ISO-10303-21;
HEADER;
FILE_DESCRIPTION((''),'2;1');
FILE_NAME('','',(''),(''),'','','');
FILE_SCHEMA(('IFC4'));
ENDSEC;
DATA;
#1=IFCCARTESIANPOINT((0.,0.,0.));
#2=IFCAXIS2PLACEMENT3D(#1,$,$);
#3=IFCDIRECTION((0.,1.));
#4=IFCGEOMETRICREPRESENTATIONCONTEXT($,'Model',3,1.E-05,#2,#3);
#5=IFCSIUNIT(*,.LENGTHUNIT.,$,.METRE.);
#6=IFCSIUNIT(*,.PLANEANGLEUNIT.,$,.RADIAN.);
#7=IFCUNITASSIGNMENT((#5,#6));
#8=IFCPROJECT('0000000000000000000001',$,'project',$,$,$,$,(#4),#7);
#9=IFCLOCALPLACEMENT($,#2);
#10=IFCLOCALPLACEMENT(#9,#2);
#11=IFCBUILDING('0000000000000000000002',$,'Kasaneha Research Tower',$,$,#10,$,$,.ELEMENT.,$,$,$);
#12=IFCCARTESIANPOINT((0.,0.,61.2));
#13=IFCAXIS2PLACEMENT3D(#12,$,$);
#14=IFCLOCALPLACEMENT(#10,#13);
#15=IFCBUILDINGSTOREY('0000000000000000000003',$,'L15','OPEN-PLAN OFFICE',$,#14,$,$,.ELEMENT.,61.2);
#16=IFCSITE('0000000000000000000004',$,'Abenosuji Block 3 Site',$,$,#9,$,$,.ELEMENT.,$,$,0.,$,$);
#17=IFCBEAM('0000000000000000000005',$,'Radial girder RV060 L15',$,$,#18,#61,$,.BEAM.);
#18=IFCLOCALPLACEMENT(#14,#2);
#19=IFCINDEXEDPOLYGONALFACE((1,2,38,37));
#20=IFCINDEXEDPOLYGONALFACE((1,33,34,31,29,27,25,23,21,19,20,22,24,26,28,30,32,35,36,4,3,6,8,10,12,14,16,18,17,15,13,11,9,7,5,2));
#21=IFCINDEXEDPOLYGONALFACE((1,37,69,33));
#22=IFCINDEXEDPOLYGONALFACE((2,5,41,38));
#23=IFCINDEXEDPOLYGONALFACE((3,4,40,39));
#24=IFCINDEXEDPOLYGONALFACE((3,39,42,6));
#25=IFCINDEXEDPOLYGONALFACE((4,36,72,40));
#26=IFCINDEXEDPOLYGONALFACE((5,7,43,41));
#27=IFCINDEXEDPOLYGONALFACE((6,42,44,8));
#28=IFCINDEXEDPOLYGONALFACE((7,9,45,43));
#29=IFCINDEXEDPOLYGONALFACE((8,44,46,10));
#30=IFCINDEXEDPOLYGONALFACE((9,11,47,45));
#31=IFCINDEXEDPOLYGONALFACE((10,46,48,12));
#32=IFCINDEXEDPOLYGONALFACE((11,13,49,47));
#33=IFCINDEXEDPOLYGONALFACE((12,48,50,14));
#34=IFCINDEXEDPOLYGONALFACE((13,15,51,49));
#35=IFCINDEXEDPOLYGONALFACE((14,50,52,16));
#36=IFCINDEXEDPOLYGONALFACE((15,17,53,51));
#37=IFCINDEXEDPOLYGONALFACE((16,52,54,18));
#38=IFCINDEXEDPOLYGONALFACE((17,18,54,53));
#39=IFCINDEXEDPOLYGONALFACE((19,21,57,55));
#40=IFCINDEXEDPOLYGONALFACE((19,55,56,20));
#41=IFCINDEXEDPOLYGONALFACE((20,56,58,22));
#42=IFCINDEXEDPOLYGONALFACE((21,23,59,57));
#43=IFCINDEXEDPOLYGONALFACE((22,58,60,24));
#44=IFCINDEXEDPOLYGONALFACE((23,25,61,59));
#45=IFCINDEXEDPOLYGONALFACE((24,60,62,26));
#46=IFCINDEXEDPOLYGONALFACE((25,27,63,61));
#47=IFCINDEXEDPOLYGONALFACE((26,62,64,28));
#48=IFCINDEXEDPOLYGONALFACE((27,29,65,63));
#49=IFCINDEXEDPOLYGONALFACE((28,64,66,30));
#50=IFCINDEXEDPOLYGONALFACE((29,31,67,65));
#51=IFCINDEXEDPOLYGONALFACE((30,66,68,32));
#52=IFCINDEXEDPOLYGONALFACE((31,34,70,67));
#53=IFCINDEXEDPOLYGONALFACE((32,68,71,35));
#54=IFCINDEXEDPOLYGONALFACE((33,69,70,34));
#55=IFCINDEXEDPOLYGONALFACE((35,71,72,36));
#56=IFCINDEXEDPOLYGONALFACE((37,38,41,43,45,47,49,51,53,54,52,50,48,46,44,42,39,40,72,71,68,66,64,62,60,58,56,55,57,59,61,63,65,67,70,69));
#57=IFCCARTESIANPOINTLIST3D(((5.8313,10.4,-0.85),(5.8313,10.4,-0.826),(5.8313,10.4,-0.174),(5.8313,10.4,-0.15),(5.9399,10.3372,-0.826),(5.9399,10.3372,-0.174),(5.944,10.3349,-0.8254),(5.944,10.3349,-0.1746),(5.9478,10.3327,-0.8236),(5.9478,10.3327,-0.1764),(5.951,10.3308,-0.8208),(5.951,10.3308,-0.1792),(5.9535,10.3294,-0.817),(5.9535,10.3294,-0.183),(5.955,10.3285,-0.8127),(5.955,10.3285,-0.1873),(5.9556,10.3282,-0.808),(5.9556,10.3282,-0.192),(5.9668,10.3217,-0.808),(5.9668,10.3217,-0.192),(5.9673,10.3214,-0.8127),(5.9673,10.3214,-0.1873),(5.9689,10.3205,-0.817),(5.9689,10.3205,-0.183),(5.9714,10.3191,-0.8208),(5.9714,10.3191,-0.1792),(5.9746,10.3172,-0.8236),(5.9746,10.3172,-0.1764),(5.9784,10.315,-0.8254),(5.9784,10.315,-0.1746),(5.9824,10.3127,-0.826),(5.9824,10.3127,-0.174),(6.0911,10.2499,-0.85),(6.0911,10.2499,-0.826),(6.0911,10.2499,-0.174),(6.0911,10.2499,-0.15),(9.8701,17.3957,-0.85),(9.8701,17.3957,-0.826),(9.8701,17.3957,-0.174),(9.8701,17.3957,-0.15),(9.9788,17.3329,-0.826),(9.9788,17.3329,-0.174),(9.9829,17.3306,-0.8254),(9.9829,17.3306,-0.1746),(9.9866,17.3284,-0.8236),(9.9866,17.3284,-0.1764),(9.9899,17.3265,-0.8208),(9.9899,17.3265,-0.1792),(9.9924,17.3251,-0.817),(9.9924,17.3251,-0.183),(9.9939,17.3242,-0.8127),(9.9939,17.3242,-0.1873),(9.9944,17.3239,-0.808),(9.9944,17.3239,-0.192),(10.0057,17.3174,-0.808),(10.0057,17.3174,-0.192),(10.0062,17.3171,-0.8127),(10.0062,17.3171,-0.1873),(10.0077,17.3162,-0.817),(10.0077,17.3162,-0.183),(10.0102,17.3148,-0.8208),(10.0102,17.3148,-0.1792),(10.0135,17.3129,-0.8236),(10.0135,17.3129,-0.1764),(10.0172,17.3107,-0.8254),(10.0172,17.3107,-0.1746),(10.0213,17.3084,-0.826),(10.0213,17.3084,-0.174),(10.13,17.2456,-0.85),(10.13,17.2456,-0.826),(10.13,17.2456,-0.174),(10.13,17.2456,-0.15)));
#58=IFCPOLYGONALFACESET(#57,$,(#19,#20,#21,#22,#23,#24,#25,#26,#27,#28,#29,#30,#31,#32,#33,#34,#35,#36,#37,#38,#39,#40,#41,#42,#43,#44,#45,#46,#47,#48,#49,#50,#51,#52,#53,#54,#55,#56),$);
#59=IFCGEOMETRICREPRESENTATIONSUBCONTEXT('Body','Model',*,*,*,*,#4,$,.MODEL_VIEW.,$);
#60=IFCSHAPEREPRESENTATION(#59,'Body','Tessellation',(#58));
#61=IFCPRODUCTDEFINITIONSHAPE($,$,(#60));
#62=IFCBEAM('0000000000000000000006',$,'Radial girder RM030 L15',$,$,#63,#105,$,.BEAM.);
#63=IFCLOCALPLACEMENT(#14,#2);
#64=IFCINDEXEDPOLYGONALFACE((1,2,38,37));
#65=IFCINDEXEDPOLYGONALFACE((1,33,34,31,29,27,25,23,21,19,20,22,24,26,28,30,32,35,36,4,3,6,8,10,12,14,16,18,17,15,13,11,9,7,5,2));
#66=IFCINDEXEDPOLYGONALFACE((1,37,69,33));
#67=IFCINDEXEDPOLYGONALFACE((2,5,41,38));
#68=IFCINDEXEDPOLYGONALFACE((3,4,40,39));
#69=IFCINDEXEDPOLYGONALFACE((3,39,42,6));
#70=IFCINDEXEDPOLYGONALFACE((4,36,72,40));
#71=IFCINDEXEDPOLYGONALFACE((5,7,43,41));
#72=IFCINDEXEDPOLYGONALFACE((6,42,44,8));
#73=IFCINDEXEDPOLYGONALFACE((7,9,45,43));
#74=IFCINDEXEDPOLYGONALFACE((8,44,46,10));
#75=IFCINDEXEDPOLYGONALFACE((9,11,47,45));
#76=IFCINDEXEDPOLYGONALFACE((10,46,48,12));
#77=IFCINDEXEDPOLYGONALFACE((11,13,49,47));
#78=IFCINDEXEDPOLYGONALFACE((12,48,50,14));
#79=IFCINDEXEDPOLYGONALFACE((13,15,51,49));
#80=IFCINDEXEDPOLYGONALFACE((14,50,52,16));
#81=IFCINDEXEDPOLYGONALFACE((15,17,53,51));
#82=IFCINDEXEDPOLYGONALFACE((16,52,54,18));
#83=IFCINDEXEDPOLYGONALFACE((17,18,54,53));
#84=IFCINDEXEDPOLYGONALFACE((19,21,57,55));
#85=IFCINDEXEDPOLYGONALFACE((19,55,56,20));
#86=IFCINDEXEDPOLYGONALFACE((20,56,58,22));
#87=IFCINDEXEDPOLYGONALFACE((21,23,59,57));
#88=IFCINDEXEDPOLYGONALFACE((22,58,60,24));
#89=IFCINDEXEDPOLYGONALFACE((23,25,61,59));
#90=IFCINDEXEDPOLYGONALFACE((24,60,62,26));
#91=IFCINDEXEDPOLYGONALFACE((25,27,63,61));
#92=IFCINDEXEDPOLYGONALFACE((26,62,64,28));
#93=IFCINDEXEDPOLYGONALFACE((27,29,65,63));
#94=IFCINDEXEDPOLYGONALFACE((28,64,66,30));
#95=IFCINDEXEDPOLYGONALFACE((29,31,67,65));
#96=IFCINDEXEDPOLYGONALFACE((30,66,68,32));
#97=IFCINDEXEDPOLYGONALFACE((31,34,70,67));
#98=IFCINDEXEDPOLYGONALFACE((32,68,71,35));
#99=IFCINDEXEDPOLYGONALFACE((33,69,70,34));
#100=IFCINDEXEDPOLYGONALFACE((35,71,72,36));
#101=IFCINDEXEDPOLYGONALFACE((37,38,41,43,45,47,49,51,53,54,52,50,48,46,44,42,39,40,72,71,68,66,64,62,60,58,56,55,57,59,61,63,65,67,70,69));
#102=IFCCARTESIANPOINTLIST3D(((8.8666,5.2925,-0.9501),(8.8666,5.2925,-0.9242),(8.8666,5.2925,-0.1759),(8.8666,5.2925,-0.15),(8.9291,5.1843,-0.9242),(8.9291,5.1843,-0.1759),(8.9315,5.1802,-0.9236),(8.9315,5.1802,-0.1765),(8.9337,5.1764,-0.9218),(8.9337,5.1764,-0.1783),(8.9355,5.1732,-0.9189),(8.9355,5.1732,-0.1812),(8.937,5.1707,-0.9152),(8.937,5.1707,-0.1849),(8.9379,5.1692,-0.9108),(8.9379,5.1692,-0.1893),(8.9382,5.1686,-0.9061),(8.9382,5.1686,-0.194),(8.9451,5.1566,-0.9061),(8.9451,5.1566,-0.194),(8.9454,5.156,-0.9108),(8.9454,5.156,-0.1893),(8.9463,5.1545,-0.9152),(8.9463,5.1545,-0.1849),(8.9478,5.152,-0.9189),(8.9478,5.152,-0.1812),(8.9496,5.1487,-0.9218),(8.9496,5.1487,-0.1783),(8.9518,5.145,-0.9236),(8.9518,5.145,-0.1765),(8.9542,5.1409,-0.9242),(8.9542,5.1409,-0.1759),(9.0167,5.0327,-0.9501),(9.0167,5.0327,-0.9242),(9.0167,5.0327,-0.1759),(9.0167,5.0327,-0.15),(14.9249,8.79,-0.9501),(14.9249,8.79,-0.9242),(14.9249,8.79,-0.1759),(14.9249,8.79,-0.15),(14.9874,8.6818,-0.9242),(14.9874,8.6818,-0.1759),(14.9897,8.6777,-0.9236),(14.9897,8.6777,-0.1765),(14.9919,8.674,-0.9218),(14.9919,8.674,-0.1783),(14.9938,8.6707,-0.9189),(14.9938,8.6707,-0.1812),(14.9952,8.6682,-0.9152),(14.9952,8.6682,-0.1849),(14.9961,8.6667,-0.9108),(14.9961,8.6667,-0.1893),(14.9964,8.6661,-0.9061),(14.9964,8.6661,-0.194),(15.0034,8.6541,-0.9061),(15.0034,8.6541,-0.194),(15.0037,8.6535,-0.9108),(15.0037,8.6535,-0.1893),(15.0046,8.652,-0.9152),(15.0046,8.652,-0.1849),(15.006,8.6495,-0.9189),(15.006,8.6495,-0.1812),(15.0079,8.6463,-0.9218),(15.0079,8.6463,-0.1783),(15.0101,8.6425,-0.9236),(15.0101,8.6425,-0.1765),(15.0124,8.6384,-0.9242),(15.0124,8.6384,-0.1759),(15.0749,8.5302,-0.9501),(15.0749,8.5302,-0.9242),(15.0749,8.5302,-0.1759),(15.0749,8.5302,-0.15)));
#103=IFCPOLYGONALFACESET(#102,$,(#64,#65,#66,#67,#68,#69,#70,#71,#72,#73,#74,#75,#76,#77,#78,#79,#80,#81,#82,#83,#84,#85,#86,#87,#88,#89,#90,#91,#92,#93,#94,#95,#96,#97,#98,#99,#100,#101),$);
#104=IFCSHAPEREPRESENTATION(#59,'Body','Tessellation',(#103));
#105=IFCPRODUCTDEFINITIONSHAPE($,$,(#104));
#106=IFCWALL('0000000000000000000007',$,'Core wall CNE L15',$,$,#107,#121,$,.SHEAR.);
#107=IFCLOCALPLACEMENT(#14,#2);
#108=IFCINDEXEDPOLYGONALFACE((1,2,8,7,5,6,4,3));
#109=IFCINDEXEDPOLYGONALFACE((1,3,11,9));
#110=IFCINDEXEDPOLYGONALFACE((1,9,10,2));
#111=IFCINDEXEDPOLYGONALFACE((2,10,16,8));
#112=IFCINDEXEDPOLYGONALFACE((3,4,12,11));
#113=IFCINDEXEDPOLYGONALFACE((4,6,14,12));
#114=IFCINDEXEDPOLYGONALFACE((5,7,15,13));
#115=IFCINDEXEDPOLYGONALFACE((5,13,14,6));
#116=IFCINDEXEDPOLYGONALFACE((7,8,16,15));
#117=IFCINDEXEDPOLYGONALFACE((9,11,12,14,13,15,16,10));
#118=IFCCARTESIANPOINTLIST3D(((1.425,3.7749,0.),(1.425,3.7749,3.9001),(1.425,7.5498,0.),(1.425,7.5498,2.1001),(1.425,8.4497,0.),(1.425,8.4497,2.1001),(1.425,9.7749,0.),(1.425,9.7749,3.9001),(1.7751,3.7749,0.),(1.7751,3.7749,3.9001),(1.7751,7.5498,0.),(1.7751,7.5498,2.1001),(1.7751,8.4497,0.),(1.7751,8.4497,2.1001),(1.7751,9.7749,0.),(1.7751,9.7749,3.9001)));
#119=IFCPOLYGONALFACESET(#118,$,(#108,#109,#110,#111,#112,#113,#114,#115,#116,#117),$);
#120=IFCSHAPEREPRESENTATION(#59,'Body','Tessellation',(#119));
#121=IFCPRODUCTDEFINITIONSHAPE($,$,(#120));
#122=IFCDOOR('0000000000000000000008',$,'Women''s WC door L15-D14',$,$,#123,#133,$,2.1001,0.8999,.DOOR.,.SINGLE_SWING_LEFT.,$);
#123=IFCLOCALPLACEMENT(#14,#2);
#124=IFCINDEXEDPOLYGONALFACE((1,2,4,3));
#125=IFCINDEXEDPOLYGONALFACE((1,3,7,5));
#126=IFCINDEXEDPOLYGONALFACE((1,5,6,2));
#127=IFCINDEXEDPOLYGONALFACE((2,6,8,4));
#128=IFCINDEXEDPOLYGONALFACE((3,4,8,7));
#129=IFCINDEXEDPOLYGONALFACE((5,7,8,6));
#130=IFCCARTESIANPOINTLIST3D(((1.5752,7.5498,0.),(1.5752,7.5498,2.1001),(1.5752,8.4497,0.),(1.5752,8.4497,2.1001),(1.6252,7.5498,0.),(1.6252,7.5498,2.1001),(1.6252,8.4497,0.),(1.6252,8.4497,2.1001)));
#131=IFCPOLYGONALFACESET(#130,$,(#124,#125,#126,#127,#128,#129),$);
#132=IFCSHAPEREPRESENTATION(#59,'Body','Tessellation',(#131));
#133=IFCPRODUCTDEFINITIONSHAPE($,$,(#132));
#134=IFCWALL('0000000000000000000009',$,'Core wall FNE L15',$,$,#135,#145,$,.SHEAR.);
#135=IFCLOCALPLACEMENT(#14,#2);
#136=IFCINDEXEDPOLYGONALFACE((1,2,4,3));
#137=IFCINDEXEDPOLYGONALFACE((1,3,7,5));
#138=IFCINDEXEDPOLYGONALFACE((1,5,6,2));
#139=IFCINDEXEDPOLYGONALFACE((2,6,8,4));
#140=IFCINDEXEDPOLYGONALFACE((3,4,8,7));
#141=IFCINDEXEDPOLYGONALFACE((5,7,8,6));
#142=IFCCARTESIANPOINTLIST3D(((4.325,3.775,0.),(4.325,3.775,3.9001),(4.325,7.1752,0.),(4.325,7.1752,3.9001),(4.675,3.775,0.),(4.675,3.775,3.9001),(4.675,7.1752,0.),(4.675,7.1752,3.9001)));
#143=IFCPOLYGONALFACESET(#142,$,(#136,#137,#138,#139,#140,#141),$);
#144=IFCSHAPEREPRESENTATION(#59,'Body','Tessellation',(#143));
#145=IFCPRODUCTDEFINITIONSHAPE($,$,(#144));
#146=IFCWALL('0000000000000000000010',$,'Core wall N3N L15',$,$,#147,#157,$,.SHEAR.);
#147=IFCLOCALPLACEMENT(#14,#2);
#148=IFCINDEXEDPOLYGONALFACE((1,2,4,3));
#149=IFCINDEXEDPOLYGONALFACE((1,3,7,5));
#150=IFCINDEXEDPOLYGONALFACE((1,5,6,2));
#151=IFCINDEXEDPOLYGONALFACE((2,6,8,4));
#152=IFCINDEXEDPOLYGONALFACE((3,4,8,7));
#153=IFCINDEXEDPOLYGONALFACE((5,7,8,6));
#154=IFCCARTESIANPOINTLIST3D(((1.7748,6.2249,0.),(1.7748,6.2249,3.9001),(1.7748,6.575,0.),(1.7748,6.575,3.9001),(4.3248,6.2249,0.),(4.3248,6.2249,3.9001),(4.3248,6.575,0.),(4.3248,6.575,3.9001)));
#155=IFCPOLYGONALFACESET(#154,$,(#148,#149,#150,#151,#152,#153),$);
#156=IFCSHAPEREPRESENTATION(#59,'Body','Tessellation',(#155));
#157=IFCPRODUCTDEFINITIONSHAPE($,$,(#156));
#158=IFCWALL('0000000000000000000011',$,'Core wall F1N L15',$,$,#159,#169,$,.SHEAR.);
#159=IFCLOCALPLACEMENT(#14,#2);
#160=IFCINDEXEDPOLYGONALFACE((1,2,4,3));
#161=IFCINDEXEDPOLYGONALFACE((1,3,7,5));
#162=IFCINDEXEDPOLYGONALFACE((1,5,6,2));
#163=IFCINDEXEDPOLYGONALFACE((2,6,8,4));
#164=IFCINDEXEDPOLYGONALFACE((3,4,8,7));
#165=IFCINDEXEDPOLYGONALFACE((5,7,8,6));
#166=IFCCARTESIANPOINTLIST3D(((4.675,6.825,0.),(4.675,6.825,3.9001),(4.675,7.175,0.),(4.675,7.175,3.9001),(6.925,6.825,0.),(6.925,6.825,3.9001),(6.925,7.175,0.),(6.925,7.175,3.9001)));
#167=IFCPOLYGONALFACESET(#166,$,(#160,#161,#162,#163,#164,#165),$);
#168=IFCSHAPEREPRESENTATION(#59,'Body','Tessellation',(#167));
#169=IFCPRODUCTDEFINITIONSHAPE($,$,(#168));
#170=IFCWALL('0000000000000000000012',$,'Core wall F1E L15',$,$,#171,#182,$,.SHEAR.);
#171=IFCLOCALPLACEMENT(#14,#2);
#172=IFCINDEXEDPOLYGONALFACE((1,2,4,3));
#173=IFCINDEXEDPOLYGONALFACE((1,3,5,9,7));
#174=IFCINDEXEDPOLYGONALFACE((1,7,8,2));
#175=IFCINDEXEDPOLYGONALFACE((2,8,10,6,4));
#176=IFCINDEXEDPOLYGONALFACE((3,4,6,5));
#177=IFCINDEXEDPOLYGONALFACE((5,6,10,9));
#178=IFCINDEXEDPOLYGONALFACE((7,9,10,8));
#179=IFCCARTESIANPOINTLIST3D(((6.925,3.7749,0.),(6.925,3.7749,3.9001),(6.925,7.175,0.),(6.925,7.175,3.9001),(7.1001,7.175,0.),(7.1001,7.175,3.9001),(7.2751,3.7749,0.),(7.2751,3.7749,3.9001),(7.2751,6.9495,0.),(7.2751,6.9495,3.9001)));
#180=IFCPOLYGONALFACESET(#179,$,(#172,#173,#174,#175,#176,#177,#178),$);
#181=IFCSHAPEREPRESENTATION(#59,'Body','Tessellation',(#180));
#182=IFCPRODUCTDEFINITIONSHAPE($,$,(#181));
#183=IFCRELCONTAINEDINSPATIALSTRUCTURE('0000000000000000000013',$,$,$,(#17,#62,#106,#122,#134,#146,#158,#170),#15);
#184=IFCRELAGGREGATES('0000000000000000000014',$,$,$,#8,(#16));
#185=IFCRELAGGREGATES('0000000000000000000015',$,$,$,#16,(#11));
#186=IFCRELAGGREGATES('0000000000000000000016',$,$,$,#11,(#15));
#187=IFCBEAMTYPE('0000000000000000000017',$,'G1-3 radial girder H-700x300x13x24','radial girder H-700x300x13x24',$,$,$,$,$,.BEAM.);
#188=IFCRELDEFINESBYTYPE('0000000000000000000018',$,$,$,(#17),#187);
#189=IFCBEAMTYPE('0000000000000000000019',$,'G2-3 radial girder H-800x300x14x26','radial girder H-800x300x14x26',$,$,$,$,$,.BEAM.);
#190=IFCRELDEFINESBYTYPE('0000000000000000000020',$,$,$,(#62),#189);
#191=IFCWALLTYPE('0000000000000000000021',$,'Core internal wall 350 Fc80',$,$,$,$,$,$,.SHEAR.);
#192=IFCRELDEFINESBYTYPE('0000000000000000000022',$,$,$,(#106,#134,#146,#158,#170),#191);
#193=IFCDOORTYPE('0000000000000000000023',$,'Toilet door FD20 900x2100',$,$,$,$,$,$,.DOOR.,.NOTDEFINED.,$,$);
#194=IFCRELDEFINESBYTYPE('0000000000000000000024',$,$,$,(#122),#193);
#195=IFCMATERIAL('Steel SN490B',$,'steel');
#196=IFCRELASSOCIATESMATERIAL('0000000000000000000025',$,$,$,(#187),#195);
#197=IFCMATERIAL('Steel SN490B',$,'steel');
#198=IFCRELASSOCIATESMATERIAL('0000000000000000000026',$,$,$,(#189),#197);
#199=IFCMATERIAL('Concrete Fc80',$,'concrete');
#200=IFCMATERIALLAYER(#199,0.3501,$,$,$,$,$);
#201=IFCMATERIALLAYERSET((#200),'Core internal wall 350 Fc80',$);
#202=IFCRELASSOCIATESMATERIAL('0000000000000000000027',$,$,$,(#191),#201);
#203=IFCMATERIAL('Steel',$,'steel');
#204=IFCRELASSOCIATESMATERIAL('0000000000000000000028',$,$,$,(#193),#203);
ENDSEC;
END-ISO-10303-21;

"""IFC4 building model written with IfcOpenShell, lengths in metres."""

from ifc_helpers import new_model, si_unit, direction, frame, frame_2d, origin, origin_2d, place, context, subcontext, project, spatial, polyline, rectangle, i_section, outline, extrude, material, layer, layer_set, material_profile, profile_set, type_object, element, fill, save


model = new_model("IFC4")

# Units and contexts
model_context = context("Model", 3, precision=1e-05, world=origin(), true_north=direction((0.0, 1.0)))
body_context = subcontext(model_context, "Body", "Model", "MODEL_VIEW")
ifc_project = project(units=[si_unit("LENGTHUNIT", "METRE"), si_unit("PLANEANGLEUNIT", "RADIAN")], contexts=[model_context])

# Site, building, storey
site_placement = place(None, origin())
site = spatial("IfcSite", under=ifc_project, at=site_placement, Name="Abenosuji Block 3 Site", CompositionType="ELEMENT", RefElevation=0.0)
building_placement = place(site_placement, origin())
building = spatial("IfcBuilding", under=site, at=building_placement, Name="Kasaneha Research Tower", CompositionType="ELEMENT")
storey_placement = place(building_placement, frame((0.0, 0.0, 61.2)))
storey = spatial("IfcBuildingStorey", under=building, at=storey_placement, Name="L15", Description="OPEN-PLAN OFFICE", CompositionType="ELEMENT", Elevation=61.2)

# Beams
ifc_material_1 = material(Name="Steel SN490B", Category="steel")
ifc_material_profile_1 = material_profile(ifc_material_1, i_section(OverallWidth=0.3, OverallDepth=0.7, WebThickness=0.0129, FlangeThickness=0.0239, FilletRadius=0.0181, at=origin_2d()), Name="H-700x300x13x24")
ifc_profile_set_1 = profile_set([ifc_material_profile_1], Name="Steel SN490B")
beam_type_1 = type_object("IfcBeamType", Name="G1-3 radial girder H-700x300x13x24", Description="radial girder H-700x300x13x24", PredefinedType="BEAM", material=ifc_profile_set_1)
beam_1_placement = place(storey_placement, frame((5.9612, 10.325, -0.5), z_axis=(0.499991, 0.866031, 0.0), x_axis=(-0.866031, 0.499991, 0.0)))
element("IfcBeam", 1, at=beam_1_placement, inside=storey, type_object=beam_type_1, Name="Radial girder RV060 L15", PredefinedType="BEAM", context=body_context, shape_type="SweptSolid", body=[
    extrude(i_section(OverallWidth=0.3, OverallDepth=0.7, WebThickness=0.0129, FlangeThickness=0.0239, FilletRadius=0.0181, at=origin_2d()), origin(), (0.0, 0.0, 1.0), 8.0779),
])
ifc_material_2 = material(Name="Steel SN490B", Category="steel")
ifc_material_profile_2 = material_profile(ifc_material_2, i_section(OverallWidth=0.3, OverallDepth=0.8, WebThickness=0.0139, FlangeThickness=0.0259, FilletRadius=0.0181, at=origin_2d()), Name="H-800x300x14x26")
ifc_profile_set_2 = profile_set([ifc_material_profile_2], Name="Steel SN490B")
beam_type_2 = type_object("IfcBeamType", Name="G2-3 radial girder H-800x300x14x26", Description="radial girder H-800x300x14x26", PredefinedType="BEAM", material=ifc_profile_set_2)
beam_2_placement = place(storey_placement, frame((8.9417, 5.1626, -0.55), z_axis=(0.86604, 0.499975, 0.0), x_axis=(-0.499975, 0.86604, 0.0)))
element("IfcBeam", 2, at=beam_2_placement, inside=storey, type_object=beam_type_2, Name="Radial girder RM030 L15", PredefinedType="BEAM", context=body_context, shape_type="SweptSolid", body=[
    extrude(i_section(OverallWidth=0.3, OverallDepth=0.8, WebThickness=0.0139, FlangeThickness=0.0259, FilletRadius=0.0181, at=origin_2d()), origin(), (0.0, 0.0, 1.0), 6.9954),
])

# Wall, opening, door
ifc_material_3 = material(Name="Concrete Fc80", Category="concrete")
ifc_layer_1 = layer(ifc_material_3, 0.3501)
ifc_layer_set_1 = layer_set([ifc_layer_1], Name="Core internal wall 350 Fc80")
wall_type_1 = type_object("IfcWallType", Name="Core internal wall 350 Fc80", PredefinedType="SHEAR", material=ifc_layer_set_1)
wall_1_placement = place(storey_placement, frame((1.6001, 3.7749, 0.0), z_axis=(0.0, 0.0, 1.0), x_axis=(0.0, 1.0, 0.0)))
wall_1 = element("IfcWall", 3, at=wall_1_placement, inside=storey, type_object=wall_type_1, Name="Core wall CNE L15", PredefinedType="SHEAR", context=body_context, shape_type="SweptSolid", body=[
    extrude(rectangle(XDim=6.0, YDim=0.3501, at=frame_2d((3.0, 0.0))), origin(), (0.0, 0.0, 1.0), 3.9001),
])
opening_1_placement = place(wall_1_placement, frame((3.7749, 0.0, 0.0)))
opening_1 = element("IfcOpeningElement", 4, at=opening_1_placement, cuts=wall_1, PredefinedType="OPENING", context=body_context, shape_type="SweptSolid", body=[
    extrude(rectangle(XDim=0.8999, YDim=2.1001, at=frame_2d((0.45, 1.05))), frame((0.0, 0.1851, 0.0), z_axis=(0.0, -1.0, 0.0), x_axis=(1.0, 0.0, 0.0)), (0.0, 0.0, 1.0), 0.3701),
])
ifc_material_4 = material(Name="Steel", Category="steel")
door_type_1 = type_object("IfcDoorType", Name="Toilet door FD20 900x2100", OperationType="NOTDEFINED", PredefinedType="DOOR", material=ifc_material_4)
door_1_placement = place(opening_1_placement, origin())
door_1 = element("IfcDoor", 5, at=door_1_placement, inside=storey, type_object=door_type_1, Name="Women's WC door L15-D14", OperationType="SINGLE_SWING_LEFT", OverallHeight=2.1001, OverallWidth=0.8999, PredefinedType="DOOR", context=body_context, shape_type="SweptSolid", body=[
    extrude(rectangle(XDim=0.8999, YDim=2.1001, at=frame_2d((0.45, 1.05))), frame((0.0, 0.0249, 0.0), z_axis=(0.0, -1.0, 0.0), x_axis=(1.0, 0.0, 0.0)), (0.0, 0.0, 1.0), 0.05),
])
fill(opening_1, door_1)

# Walls
wall_2_placement = place(storey_placement, frame((4.5, 3.7749, 0.0), z_axis=(0.0, 0.0, 1.0), x_axis=(0.0, 1.0, 0.0)))
element("IfcWall", 6, at=wall_2_placement, inside=storey, type_object=wall_type_1, Name="Core wall FNE L15", PredefinedType="SHEAR", context=body_context, shape_type="SweptSolid", body=[
    extrude(rectangle(XDim=3.4001, YDim=0.3501, at=frame_2d((1.7002, 0.0))), origin(), (0.0, 0.0, 1.0), 3.9001),
])
wall_3_placement = place(storey_placement, frame((1.7749, 6.3999, 0.0), z_axis=(0.0, 0.0, 1.0), x_axis=(1.0, 0.0, 0.0)))
element("IfcWall", 7, at=wall_3_placement, inside=storey, type_object=wall_type_1, Name="Core wall N3N L15", PredefinedType="SHEAR", context=body_context, shape_type="SweptSolid", body=[
    extrude(rectangle(XDim=2.55, YDim=0.3501, at=frame_2d((1.2749, 0.0))), origin(), (0.0, 0.0, 1.0), 3.9001),
])
wall_4_placement = place(storey_placement, frame((4.675, 7.0, 0.0), z_axis=(0.0, 0.0, 1.0), x_axis=(1.0, 0.0, 0.0)))
element("IfcWall", 8, at=wall_4_placement, inside=storey, type_object=wall_type_1, Name="Core wall F1N L15", PredefinedType="SHEAR", context=body_context, shape_type="SweptSolid", body=[
    extrude(rectangle(XDim=2.25, YDim=0.3501, at=frame_2d((1.125, 0.0))), origin(), (0.0, 0.0, 1.0), 3.9001),
])
wall_5_placement = place(storey_placement, frame((7.1001, 3.7749, 0.0), z_axis=(0.0, 0.0, 1.0), x_axis=(0.0, 1.0, 0.0)))
element("IfcWall", 9, at=wall_5_placement, inside=storey, type_object=wall_type_1, Name="Core wall F1E L15", PredefinedType="SHEAR", context=body_context, shape_type="SweptSolid", body=[
    extrude(outline(polyline([(0.0, -0.175), (3.1746, -0.175), (3.4001, 0.0), (3.4001, 0.175), (0.0, 0.175), (0.0, -0.175)])), origin(), (0.0, 0.0, 1.0), 3.9001),
])

save(model, "model.ifc")
